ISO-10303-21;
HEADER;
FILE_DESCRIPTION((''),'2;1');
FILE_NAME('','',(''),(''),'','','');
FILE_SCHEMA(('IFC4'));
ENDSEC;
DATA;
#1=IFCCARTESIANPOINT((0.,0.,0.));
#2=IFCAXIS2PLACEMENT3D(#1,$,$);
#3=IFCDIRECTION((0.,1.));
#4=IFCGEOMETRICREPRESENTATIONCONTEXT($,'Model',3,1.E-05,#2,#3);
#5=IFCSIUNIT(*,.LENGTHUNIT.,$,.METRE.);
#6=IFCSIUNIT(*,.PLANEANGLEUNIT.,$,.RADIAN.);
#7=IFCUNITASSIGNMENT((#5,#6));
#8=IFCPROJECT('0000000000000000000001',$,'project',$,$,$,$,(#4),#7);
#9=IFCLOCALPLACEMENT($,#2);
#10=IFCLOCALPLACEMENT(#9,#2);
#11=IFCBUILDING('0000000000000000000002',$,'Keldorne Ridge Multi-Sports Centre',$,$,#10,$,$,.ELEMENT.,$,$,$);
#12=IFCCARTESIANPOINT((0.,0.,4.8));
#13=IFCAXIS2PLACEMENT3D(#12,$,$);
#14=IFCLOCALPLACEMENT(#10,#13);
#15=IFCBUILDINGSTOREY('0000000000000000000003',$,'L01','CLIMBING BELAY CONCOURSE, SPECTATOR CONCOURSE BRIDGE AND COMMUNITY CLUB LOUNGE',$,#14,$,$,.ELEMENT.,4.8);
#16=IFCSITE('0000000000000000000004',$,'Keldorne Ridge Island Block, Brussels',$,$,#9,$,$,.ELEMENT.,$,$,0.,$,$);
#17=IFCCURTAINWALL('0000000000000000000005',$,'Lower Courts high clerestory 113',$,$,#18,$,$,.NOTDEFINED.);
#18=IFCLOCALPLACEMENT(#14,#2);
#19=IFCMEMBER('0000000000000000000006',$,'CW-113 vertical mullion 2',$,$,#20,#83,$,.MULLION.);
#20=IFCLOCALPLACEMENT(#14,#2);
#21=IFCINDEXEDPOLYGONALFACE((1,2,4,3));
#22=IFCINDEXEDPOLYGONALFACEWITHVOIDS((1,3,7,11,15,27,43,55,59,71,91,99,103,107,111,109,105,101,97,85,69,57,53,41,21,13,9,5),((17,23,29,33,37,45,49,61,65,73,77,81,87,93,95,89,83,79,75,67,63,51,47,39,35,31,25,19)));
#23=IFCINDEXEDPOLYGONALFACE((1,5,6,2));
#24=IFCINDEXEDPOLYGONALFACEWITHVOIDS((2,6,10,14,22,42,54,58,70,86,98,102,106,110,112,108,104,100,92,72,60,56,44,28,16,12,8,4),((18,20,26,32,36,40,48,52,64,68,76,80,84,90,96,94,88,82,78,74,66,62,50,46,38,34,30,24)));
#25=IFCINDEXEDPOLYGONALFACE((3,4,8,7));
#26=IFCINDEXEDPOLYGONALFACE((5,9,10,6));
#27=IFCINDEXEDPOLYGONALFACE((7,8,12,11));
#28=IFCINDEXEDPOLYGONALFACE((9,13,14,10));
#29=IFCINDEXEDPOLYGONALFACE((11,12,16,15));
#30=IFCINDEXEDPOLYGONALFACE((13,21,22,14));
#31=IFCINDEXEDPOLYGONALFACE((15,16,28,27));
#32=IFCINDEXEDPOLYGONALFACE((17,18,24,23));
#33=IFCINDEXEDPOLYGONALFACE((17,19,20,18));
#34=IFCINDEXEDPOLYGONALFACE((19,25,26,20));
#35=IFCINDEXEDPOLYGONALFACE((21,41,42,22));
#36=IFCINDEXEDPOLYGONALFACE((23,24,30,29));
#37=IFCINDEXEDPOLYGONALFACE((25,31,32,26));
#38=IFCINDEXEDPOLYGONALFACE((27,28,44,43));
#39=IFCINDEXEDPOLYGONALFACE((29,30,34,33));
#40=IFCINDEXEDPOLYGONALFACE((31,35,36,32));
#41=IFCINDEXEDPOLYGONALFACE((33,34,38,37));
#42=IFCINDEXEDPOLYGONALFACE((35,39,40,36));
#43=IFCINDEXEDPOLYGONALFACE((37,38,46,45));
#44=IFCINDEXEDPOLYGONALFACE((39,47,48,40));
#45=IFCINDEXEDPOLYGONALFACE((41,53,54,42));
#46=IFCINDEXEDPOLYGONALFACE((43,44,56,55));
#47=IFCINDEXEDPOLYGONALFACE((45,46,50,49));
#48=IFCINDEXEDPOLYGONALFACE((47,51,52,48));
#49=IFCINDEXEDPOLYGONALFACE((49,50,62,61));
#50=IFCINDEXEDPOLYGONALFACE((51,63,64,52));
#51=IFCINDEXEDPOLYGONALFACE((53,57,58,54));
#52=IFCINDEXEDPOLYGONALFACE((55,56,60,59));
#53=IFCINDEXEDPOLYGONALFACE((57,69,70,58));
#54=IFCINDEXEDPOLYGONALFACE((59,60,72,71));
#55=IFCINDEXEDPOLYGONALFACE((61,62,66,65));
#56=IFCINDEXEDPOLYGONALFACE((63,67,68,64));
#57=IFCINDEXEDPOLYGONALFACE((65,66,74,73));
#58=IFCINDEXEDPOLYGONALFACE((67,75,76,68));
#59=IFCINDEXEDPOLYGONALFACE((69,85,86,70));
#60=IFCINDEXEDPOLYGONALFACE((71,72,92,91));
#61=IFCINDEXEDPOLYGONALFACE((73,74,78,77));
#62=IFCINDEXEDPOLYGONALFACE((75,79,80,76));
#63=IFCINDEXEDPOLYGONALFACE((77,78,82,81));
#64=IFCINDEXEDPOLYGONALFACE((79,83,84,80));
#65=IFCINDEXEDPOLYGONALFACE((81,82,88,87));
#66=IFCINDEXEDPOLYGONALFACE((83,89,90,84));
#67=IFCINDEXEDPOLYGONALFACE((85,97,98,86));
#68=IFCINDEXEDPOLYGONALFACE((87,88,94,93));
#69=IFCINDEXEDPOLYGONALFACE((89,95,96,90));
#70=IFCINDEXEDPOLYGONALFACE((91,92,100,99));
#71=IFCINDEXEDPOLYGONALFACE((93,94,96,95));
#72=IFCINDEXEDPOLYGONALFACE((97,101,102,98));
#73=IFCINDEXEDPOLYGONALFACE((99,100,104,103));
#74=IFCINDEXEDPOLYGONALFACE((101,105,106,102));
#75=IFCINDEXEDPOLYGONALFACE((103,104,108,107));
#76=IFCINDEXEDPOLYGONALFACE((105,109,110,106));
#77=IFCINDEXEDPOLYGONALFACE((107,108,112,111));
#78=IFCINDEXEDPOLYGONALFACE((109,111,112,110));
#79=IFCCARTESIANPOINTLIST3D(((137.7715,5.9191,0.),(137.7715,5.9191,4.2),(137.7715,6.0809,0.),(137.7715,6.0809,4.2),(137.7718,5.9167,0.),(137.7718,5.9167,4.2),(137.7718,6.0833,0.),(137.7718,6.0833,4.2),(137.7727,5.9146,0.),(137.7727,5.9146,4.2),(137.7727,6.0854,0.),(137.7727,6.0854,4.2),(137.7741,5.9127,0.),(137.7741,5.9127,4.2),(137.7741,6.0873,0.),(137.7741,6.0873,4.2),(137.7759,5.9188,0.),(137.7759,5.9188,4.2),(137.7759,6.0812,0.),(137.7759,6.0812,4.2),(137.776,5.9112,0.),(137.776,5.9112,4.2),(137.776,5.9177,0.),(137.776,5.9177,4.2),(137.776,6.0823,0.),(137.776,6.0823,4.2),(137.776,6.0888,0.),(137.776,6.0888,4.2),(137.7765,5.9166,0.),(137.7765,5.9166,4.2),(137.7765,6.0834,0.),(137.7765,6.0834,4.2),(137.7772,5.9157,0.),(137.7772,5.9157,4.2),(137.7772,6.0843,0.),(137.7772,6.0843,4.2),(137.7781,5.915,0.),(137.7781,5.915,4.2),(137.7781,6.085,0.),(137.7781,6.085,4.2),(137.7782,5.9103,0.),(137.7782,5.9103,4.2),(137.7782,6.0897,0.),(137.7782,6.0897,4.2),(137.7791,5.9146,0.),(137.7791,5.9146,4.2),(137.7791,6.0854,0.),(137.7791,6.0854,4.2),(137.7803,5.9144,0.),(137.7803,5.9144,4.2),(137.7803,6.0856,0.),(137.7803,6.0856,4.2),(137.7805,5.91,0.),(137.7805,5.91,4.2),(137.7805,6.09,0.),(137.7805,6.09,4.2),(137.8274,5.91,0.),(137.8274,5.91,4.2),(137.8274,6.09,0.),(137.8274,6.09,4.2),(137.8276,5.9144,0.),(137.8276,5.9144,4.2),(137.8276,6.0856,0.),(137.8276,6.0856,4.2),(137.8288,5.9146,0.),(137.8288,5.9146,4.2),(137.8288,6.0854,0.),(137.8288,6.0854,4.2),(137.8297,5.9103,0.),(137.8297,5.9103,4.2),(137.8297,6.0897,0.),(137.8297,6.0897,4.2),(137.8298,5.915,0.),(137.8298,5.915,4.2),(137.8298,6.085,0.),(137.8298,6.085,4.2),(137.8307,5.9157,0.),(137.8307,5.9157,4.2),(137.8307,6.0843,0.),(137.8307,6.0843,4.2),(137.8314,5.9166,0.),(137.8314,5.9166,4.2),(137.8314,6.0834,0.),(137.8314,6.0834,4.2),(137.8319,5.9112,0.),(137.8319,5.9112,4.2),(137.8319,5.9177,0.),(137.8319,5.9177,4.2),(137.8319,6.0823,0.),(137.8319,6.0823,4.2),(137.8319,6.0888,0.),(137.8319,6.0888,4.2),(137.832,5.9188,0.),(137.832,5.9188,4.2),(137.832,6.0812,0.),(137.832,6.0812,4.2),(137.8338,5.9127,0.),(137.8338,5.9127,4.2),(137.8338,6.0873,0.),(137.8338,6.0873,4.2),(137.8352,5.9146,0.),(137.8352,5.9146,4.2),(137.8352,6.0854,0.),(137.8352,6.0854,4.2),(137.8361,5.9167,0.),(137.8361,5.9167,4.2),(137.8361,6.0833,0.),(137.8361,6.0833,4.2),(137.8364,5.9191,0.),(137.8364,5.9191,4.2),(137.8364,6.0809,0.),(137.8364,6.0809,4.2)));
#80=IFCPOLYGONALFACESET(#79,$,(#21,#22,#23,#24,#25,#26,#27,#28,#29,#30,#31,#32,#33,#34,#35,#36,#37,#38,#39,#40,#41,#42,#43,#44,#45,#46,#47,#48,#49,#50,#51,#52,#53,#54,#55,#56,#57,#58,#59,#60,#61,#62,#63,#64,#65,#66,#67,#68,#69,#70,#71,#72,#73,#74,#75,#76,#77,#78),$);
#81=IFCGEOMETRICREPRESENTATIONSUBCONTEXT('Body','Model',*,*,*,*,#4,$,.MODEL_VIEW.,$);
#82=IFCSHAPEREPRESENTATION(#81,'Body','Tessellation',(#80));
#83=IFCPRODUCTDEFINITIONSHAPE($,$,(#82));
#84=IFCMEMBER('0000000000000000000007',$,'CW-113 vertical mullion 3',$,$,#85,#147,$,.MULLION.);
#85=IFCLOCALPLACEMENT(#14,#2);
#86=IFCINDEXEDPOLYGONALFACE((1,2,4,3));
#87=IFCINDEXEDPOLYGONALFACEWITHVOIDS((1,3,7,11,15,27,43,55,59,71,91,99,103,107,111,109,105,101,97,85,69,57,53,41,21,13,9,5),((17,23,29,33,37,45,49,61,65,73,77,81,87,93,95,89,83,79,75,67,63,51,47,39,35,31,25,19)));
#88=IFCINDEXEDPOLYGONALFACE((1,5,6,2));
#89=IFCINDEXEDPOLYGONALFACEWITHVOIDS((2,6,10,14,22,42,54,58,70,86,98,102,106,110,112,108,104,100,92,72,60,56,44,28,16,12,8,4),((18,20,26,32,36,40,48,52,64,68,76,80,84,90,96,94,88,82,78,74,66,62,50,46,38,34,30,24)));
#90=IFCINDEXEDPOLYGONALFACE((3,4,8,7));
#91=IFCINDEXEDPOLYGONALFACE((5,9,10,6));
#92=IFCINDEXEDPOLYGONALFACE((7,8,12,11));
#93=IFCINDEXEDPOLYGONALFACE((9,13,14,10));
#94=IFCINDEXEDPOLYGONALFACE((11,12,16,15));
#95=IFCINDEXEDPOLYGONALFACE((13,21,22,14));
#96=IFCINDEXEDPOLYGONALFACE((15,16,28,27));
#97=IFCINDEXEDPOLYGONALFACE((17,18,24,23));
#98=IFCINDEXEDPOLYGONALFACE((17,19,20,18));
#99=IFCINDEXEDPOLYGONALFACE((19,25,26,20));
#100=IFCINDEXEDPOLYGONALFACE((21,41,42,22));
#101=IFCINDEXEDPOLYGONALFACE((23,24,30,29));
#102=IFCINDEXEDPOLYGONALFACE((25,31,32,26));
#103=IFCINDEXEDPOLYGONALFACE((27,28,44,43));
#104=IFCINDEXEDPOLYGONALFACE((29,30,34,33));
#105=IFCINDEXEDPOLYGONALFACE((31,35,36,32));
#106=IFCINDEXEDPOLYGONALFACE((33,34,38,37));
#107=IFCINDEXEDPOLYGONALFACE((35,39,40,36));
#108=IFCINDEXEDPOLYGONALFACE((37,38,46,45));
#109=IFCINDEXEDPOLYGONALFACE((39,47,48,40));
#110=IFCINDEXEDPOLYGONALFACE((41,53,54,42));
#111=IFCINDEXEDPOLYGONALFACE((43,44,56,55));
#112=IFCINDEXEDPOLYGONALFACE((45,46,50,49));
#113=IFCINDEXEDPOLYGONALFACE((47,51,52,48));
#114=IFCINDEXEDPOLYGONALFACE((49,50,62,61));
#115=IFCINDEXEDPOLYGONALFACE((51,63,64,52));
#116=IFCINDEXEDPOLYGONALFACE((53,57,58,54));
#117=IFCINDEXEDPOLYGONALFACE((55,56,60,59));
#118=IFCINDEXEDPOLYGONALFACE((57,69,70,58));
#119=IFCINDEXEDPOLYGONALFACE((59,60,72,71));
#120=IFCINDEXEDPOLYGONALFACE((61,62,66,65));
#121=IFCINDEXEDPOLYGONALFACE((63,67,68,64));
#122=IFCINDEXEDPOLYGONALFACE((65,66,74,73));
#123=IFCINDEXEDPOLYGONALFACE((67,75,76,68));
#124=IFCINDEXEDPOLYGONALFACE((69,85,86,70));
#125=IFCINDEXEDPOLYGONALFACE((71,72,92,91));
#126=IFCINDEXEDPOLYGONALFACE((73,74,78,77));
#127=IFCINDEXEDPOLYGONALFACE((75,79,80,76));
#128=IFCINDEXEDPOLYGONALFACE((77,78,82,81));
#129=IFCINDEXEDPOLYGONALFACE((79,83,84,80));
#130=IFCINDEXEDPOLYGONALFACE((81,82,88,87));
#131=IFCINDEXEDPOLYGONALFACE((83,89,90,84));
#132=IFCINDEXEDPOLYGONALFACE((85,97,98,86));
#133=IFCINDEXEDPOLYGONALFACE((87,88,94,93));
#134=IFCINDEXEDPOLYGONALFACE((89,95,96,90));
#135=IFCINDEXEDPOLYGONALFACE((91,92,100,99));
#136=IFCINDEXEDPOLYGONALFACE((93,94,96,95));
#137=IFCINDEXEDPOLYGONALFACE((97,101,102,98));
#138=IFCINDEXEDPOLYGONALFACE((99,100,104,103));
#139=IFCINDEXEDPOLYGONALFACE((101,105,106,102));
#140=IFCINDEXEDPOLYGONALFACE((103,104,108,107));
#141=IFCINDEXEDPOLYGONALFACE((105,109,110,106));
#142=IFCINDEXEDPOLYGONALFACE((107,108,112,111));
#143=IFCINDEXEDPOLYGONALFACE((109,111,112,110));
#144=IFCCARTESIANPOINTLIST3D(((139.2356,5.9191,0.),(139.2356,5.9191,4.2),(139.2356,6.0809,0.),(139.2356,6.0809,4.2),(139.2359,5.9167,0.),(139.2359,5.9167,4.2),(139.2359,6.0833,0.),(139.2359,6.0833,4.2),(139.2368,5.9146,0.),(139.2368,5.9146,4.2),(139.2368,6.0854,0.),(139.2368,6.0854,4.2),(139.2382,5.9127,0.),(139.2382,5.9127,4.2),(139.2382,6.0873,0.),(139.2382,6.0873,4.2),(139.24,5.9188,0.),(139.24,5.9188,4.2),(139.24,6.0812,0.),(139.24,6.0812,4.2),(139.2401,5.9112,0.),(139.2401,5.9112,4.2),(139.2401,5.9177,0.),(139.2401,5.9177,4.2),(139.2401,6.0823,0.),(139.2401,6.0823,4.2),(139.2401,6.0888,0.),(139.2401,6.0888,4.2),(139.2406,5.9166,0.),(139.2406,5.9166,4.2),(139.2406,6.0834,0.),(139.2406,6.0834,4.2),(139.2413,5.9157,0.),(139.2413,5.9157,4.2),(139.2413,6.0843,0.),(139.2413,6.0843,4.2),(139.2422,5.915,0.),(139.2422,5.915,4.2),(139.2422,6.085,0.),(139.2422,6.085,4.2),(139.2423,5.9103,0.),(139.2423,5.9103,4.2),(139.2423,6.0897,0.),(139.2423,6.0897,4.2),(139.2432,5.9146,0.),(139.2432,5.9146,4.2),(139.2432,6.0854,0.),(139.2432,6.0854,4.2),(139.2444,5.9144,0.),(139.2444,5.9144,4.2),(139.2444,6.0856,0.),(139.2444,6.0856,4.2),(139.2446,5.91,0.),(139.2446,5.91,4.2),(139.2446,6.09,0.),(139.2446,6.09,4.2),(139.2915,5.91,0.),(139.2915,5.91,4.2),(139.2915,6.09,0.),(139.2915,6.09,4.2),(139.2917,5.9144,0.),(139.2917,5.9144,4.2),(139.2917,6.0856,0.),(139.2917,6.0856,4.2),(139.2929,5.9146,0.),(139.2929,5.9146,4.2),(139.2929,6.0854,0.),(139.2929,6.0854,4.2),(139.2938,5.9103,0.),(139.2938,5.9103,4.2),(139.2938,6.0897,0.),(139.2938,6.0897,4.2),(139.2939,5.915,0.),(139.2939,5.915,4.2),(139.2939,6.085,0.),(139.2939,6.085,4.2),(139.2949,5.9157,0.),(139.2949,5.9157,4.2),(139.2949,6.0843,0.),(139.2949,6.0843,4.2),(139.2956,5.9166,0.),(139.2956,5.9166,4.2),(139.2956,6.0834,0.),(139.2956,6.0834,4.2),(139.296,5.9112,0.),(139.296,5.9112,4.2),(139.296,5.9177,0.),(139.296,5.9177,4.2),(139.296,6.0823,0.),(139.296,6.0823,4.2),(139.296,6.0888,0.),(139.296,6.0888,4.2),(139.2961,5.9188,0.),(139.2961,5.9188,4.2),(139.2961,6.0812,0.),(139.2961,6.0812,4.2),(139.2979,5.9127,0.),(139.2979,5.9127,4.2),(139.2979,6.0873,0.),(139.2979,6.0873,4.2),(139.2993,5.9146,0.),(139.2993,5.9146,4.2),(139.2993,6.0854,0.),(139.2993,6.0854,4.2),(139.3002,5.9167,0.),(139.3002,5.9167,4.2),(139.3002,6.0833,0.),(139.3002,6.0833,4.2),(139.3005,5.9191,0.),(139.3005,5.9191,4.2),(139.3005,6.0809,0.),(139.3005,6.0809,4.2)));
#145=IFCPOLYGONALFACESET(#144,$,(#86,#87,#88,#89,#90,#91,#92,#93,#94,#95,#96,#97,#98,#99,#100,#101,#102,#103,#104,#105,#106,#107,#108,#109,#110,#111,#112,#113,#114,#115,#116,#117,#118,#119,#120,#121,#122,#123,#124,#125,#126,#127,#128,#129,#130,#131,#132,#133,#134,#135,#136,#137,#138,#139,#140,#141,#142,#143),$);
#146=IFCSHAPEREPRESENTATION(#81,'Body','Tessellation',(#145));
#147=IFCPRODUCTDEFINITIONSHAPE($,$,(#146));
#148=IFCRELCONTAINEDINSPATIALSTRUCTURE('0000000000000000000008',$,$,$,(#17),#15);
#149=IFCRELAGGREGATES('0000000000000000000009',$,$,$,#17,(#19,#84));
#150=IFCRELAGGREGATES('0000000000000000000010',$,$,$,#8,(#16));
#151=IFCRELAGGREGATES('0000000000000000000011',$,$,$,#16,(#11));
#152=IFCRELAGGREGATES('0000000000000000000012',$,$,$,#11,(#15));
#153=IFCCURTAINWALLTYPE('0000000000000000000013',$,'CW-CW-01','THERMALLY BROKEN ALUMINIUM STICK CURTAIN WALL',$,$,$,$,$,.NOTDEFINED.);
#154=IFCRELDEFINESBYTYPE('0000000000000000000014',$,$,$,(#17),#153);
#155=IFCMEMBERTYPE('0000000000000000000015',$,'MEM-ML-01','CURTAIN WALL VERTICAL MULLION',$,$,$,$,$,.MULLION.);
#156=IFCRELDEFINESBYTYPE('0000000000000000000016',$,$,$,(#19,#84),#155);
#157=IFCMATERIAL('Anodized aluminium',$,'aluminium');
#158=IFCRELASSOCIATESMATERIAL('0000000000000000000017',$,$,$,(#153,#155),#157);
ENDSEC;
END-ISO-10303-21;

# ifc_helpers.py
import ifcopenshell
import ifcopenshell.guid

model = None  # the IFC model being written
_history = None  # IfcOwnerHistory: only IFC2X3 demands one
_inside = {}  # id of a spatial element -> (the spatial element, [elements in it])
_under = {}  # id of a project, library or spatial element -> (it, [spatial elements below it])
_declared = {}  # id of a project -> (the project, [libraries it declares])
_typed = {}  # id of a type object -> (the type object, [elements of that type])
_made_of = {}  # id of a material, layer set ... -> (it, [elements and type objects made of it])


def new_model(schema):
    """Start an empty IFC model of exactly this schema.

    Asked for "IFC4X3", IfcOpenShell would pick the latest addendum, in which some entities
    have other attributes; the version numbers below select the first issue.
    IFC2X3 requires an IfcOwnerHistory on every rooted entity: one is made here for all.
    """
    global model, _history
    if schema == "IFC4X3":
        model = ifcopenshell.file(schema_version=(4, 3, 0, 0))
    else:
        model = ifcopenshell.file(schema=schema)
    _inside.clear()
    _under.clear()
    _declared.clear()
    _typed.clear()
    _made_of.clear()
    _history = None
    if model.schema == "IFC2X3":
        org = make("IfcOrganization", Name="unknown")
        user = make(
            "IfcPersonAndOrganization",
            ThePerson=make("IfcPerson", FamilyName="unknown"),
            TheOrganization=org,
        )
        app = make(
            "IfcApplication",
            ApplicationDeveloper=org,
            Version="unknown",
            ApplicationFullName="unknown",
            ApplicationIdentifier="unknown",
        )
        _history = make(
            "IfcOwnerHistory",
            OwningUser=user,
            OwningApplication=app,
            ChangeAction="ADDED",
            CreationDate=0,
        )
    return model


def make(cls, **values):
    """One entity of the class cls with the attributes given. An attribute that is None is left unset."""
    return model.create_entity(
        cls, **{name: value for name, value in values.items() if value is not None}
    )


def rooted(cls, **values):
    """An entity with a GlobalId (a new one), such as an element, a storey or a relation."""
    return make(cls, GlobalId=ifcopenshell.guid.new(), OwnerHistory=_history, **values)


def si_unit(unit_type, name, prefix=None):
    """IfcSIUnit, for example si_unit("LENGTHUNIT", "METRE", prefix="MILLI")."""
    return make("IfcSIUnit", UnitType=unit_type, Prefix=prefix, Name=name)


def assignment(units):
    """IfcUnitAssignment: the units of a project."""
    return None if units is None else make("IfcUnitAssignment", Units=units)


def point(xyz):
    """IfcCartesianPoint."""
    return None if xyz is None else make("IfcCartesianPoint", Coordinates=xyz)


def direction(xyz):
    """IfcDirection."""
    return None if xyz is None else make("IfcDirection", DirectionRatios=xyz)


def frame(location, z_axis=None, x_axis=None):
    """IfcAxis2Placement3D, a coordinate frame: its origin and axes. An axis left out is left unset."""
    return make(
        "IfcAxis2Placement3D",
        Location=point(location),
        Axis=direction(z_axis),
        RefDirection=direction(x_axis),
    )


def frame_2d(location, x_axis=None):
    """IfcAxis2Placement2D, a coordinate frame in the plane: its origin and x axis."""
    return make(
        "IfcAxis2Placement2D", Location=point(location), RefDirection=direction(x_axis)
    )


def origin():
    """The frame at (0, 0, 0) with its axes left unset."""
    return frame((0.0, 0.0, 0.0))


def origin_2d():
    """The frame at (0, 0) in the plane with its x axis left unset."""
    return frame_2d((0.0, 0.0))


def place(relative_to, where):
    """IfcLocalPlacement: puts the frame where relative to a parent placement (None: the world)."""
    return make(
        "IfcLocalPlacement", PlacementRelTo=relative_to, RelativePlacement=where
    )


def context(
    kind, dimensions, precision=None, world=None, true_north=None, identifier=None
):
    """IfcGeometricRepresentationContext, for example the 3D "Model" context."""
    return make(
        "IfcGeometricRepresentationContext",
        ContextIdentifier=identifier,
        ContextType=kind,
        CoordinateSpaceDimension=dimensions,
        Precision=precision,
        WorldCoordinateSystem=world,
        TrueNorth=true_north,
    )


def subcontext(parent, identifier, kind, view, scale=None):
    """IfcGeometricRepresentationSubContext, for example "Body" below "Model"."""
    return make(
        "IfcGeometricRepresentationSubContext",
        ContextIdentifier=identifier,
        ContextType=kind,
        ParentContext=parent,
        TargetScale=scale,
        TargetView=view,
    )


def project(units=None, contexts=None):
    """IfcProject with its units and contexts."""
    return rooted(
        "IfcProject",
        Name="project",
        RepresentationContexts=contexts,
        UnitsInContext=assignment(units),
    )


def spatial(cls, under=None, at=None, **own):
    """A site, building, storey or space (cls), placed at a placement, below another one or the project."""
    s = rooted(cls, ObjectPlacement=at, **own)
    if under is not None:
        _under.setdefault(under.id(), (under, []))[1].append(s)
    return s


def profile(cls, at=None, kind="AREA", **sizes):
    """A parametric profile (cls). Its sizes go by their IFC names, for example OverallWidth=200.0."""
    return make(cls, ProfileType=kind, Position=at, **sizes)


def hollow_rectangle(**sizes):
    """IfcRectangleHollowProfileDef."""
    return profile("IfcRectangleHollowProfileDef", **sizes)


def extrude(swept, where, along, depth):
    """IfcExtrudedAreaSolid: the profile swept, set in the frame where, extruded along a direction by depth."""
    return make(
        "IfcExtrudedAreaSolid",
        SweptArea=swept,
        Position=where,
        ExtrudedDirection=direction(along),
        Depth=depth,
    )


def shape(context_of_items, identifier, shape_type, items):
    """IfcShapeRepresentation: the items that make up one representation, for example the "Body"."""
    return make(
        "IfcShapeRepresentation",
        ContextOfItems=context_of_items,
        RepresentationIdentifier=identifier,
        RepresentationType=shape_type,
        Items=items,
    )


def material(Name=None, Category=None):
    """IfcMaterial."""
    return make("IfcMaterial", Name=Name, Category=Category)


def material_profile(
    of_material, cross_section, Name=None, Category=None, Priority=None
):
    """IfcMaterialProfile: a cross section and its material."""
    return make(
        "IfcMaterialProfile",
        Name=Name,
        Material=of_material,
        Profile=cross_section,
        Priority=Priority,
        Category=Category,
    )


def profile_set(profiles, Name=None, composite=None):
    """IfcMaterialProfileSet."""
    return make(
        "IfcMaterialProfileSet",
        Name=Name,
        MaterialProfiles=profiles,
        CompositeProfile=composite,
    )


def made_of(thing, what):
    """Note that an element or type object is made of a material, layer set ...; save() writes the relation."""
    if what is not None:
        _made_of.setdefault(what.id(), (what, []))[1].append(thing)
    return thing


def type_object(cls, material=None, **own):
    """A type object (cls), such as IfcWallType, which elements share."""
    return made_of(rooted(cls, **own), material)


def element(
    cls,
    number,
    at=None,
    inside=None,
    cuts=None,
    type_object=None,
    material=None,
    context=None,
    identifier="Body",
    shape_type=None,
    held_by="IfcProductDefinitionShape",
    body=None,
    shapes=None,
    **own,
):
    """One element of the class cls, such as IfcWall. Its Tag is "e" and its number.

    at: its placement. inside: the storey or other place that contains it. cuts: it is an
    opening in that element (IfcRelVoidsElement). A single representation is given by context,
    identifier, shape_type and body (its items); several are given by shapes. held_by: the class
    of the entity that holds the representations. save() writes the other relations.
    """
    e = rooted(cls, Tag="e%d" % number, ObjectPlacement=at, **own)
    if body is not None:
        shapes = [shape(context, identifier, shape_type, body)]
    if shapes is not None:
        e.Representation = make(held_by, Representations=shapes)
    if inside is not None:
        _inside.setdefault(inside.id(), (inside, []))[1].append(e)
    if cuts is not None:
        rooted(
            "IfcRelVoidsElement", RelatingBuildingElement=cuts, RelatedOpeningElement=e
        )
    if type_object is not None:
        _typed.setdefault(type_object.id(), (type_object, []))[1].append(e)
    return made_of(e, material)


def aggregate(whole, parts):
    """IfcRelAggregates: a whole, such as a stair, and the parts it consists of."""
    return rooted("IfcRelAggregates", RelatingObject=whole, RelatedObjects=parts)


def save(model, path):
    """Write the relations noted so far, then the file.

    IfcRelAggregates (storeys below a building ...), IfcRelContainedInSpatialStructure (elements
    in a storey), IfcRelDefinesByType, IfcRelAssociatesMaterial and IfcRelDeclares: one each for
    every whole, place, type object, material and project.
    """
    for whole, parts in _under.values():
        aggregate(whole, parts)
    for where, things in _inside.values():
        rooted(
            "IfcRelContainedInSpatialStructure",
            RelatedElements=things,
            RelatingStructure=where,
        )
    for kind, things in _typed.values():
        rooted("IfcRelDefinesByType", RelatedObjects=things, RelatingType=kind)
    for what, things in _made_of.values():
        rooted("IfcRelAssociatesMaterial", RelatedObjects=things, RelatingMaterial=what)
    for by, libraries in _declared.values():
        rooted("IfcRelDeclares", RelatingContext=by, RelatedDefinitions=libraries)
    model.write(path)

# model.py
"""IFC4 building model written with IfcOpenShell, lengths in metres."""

from ifc_helpers import new_model, si_unit, direction, frame, origin, origin_2d, place, context, subcontext, project, spatial, hollow_rectangle, extrude, material, material_profile, profile_set, type_object, element, aggregate, save


model = new_model("IFC4")

# Units and contexts
model_context = context("Model", 3, precision=1e-05, world=origin(), true_north=direction((0.0, 1.0)))
body_context = subcontext(model_context, "Body", "Model", "MODEL_VIEW")
ifc_project = project(units=[si_unit("LENGTHUNIT", "METRE"), si_unit("PLANEANGLEUNIT", "RADIAN")], contexts=[model_context])

# Site, building, storey
site_placement = place(None, origin())
site = spatial("IfcSite", under=ifc_project, at=site_placement, Name="Keldorne Ridge Island Block, Brussels", CompositionType="ELEMENT", RefElevation=0.0)
building_placement = place(site_placement, origin())
building = spatial("IfcBuilding", under=site, at=building_placement, Name="Keldorne Ridge Multi-Sports Centre", CompositionType="ELEMENT")
storey_placement = place(building_placement, frame((0.0, 0.0, 4.8)))
storey = spatial("IfcBuildingStorey", under=building, at=storey_placement, Name="L01", Description="CLIMBING BELAY CONCOURSE, SPECTATOR CONCOURSE BRIDGE AND COMMUNITY CLUB LOUNGE", CompositionType="ELEMENT", Elevation=4.8)

# Curtain wall, members
ifc_material_1 = material(Name="Anodized aluminium", Category="aluminium")
curtain_wall_type = type_object("IfcCurtainWallType", Name="CW-CW-01", Description="THERMALLY BROKEN ALUMINIUM STICK CURTAIN WALL", PredefinedType="NOTDEFINED", material=ifc_material_1)
curtain_wall_placement = place(storey_placement, origin())
curtain_wall = element("IfcCurtainWall", 1, at=curtain_wall_placement, inside=storey, type_object=curtain_wall_type, Name="Lower Courts high clerestory 113", PredefinedType="NOTDEFINED")
ifc_material_profile_1 = material_profile(ifc_material_1, hollow_rectangle(XDim=0.0649, YDim=0.1799, WallThickness=0.0044, InnerFilletRadius=0.0044, OuterFilletRadius=0.009, at=origin_2d()), Name="ALU MULLION 180x65x4.5")
ifc_profile_set_1 = profile_set([ifc_material_profile_1], Name="Anodized aluminium")
member_type_1 = type_object("IfcMemberType", Name="MEM-ML-01", Description="CURTAIN WALL VERTICAL MULLION", PredefinedType="MULLION", material=ifc_profile_set_1)
member_1_placement = place(storey_placement, frame((137.804, 6.0, 0.0), z_axis=(0.0, 0.0, 1.0), x_axis=(1.0, 0.0, 0.0)))
member_1 = element("IfcMember", 2, at=member_1_placement, type_object=member_type_1, Name="CW-113 vertical mullion 2", PredefinedType="MULLION", context=body_context, shape_type="SweptSolid", body=[
    extrude(hollow_rectangle(XDim=0.0649, YDim=0.1799, WallThickness=0.0044, InnerFilletRadius=0.0044, OuterFilletRadius=0.009, at=origin_2d()), origin(), (0.0, 0.0, 1.0), 4.2),
])
member_2_placement = place(storey_placement, frame((139.2681, 6.0, 0.0), z_axis=(0.0, 0.0, 1.0), x_axis=(1.0, 0.0, 0.0)))
member_2 = element("IfcMember", 3, at=member_2_placement, type_object=member_type_1, Name="CW-113 vertical mullion 3", PredefinedType="MULLION", context=body_context, shape_type="SweptSolid", body=[
    extrude(hollow_rectangle(XDim=0.0649, YDim=0.1799, WallThickness=0.0044, InnerFilletRadius=0.0044, OuterFilletRadius=0.009, at=origin_2d()), origin(), (0.0, 0.0, 1.0), 4.2),
])
aggregate(curtain_wall, [member_1, member_2])

save(model, "model.ifc")
